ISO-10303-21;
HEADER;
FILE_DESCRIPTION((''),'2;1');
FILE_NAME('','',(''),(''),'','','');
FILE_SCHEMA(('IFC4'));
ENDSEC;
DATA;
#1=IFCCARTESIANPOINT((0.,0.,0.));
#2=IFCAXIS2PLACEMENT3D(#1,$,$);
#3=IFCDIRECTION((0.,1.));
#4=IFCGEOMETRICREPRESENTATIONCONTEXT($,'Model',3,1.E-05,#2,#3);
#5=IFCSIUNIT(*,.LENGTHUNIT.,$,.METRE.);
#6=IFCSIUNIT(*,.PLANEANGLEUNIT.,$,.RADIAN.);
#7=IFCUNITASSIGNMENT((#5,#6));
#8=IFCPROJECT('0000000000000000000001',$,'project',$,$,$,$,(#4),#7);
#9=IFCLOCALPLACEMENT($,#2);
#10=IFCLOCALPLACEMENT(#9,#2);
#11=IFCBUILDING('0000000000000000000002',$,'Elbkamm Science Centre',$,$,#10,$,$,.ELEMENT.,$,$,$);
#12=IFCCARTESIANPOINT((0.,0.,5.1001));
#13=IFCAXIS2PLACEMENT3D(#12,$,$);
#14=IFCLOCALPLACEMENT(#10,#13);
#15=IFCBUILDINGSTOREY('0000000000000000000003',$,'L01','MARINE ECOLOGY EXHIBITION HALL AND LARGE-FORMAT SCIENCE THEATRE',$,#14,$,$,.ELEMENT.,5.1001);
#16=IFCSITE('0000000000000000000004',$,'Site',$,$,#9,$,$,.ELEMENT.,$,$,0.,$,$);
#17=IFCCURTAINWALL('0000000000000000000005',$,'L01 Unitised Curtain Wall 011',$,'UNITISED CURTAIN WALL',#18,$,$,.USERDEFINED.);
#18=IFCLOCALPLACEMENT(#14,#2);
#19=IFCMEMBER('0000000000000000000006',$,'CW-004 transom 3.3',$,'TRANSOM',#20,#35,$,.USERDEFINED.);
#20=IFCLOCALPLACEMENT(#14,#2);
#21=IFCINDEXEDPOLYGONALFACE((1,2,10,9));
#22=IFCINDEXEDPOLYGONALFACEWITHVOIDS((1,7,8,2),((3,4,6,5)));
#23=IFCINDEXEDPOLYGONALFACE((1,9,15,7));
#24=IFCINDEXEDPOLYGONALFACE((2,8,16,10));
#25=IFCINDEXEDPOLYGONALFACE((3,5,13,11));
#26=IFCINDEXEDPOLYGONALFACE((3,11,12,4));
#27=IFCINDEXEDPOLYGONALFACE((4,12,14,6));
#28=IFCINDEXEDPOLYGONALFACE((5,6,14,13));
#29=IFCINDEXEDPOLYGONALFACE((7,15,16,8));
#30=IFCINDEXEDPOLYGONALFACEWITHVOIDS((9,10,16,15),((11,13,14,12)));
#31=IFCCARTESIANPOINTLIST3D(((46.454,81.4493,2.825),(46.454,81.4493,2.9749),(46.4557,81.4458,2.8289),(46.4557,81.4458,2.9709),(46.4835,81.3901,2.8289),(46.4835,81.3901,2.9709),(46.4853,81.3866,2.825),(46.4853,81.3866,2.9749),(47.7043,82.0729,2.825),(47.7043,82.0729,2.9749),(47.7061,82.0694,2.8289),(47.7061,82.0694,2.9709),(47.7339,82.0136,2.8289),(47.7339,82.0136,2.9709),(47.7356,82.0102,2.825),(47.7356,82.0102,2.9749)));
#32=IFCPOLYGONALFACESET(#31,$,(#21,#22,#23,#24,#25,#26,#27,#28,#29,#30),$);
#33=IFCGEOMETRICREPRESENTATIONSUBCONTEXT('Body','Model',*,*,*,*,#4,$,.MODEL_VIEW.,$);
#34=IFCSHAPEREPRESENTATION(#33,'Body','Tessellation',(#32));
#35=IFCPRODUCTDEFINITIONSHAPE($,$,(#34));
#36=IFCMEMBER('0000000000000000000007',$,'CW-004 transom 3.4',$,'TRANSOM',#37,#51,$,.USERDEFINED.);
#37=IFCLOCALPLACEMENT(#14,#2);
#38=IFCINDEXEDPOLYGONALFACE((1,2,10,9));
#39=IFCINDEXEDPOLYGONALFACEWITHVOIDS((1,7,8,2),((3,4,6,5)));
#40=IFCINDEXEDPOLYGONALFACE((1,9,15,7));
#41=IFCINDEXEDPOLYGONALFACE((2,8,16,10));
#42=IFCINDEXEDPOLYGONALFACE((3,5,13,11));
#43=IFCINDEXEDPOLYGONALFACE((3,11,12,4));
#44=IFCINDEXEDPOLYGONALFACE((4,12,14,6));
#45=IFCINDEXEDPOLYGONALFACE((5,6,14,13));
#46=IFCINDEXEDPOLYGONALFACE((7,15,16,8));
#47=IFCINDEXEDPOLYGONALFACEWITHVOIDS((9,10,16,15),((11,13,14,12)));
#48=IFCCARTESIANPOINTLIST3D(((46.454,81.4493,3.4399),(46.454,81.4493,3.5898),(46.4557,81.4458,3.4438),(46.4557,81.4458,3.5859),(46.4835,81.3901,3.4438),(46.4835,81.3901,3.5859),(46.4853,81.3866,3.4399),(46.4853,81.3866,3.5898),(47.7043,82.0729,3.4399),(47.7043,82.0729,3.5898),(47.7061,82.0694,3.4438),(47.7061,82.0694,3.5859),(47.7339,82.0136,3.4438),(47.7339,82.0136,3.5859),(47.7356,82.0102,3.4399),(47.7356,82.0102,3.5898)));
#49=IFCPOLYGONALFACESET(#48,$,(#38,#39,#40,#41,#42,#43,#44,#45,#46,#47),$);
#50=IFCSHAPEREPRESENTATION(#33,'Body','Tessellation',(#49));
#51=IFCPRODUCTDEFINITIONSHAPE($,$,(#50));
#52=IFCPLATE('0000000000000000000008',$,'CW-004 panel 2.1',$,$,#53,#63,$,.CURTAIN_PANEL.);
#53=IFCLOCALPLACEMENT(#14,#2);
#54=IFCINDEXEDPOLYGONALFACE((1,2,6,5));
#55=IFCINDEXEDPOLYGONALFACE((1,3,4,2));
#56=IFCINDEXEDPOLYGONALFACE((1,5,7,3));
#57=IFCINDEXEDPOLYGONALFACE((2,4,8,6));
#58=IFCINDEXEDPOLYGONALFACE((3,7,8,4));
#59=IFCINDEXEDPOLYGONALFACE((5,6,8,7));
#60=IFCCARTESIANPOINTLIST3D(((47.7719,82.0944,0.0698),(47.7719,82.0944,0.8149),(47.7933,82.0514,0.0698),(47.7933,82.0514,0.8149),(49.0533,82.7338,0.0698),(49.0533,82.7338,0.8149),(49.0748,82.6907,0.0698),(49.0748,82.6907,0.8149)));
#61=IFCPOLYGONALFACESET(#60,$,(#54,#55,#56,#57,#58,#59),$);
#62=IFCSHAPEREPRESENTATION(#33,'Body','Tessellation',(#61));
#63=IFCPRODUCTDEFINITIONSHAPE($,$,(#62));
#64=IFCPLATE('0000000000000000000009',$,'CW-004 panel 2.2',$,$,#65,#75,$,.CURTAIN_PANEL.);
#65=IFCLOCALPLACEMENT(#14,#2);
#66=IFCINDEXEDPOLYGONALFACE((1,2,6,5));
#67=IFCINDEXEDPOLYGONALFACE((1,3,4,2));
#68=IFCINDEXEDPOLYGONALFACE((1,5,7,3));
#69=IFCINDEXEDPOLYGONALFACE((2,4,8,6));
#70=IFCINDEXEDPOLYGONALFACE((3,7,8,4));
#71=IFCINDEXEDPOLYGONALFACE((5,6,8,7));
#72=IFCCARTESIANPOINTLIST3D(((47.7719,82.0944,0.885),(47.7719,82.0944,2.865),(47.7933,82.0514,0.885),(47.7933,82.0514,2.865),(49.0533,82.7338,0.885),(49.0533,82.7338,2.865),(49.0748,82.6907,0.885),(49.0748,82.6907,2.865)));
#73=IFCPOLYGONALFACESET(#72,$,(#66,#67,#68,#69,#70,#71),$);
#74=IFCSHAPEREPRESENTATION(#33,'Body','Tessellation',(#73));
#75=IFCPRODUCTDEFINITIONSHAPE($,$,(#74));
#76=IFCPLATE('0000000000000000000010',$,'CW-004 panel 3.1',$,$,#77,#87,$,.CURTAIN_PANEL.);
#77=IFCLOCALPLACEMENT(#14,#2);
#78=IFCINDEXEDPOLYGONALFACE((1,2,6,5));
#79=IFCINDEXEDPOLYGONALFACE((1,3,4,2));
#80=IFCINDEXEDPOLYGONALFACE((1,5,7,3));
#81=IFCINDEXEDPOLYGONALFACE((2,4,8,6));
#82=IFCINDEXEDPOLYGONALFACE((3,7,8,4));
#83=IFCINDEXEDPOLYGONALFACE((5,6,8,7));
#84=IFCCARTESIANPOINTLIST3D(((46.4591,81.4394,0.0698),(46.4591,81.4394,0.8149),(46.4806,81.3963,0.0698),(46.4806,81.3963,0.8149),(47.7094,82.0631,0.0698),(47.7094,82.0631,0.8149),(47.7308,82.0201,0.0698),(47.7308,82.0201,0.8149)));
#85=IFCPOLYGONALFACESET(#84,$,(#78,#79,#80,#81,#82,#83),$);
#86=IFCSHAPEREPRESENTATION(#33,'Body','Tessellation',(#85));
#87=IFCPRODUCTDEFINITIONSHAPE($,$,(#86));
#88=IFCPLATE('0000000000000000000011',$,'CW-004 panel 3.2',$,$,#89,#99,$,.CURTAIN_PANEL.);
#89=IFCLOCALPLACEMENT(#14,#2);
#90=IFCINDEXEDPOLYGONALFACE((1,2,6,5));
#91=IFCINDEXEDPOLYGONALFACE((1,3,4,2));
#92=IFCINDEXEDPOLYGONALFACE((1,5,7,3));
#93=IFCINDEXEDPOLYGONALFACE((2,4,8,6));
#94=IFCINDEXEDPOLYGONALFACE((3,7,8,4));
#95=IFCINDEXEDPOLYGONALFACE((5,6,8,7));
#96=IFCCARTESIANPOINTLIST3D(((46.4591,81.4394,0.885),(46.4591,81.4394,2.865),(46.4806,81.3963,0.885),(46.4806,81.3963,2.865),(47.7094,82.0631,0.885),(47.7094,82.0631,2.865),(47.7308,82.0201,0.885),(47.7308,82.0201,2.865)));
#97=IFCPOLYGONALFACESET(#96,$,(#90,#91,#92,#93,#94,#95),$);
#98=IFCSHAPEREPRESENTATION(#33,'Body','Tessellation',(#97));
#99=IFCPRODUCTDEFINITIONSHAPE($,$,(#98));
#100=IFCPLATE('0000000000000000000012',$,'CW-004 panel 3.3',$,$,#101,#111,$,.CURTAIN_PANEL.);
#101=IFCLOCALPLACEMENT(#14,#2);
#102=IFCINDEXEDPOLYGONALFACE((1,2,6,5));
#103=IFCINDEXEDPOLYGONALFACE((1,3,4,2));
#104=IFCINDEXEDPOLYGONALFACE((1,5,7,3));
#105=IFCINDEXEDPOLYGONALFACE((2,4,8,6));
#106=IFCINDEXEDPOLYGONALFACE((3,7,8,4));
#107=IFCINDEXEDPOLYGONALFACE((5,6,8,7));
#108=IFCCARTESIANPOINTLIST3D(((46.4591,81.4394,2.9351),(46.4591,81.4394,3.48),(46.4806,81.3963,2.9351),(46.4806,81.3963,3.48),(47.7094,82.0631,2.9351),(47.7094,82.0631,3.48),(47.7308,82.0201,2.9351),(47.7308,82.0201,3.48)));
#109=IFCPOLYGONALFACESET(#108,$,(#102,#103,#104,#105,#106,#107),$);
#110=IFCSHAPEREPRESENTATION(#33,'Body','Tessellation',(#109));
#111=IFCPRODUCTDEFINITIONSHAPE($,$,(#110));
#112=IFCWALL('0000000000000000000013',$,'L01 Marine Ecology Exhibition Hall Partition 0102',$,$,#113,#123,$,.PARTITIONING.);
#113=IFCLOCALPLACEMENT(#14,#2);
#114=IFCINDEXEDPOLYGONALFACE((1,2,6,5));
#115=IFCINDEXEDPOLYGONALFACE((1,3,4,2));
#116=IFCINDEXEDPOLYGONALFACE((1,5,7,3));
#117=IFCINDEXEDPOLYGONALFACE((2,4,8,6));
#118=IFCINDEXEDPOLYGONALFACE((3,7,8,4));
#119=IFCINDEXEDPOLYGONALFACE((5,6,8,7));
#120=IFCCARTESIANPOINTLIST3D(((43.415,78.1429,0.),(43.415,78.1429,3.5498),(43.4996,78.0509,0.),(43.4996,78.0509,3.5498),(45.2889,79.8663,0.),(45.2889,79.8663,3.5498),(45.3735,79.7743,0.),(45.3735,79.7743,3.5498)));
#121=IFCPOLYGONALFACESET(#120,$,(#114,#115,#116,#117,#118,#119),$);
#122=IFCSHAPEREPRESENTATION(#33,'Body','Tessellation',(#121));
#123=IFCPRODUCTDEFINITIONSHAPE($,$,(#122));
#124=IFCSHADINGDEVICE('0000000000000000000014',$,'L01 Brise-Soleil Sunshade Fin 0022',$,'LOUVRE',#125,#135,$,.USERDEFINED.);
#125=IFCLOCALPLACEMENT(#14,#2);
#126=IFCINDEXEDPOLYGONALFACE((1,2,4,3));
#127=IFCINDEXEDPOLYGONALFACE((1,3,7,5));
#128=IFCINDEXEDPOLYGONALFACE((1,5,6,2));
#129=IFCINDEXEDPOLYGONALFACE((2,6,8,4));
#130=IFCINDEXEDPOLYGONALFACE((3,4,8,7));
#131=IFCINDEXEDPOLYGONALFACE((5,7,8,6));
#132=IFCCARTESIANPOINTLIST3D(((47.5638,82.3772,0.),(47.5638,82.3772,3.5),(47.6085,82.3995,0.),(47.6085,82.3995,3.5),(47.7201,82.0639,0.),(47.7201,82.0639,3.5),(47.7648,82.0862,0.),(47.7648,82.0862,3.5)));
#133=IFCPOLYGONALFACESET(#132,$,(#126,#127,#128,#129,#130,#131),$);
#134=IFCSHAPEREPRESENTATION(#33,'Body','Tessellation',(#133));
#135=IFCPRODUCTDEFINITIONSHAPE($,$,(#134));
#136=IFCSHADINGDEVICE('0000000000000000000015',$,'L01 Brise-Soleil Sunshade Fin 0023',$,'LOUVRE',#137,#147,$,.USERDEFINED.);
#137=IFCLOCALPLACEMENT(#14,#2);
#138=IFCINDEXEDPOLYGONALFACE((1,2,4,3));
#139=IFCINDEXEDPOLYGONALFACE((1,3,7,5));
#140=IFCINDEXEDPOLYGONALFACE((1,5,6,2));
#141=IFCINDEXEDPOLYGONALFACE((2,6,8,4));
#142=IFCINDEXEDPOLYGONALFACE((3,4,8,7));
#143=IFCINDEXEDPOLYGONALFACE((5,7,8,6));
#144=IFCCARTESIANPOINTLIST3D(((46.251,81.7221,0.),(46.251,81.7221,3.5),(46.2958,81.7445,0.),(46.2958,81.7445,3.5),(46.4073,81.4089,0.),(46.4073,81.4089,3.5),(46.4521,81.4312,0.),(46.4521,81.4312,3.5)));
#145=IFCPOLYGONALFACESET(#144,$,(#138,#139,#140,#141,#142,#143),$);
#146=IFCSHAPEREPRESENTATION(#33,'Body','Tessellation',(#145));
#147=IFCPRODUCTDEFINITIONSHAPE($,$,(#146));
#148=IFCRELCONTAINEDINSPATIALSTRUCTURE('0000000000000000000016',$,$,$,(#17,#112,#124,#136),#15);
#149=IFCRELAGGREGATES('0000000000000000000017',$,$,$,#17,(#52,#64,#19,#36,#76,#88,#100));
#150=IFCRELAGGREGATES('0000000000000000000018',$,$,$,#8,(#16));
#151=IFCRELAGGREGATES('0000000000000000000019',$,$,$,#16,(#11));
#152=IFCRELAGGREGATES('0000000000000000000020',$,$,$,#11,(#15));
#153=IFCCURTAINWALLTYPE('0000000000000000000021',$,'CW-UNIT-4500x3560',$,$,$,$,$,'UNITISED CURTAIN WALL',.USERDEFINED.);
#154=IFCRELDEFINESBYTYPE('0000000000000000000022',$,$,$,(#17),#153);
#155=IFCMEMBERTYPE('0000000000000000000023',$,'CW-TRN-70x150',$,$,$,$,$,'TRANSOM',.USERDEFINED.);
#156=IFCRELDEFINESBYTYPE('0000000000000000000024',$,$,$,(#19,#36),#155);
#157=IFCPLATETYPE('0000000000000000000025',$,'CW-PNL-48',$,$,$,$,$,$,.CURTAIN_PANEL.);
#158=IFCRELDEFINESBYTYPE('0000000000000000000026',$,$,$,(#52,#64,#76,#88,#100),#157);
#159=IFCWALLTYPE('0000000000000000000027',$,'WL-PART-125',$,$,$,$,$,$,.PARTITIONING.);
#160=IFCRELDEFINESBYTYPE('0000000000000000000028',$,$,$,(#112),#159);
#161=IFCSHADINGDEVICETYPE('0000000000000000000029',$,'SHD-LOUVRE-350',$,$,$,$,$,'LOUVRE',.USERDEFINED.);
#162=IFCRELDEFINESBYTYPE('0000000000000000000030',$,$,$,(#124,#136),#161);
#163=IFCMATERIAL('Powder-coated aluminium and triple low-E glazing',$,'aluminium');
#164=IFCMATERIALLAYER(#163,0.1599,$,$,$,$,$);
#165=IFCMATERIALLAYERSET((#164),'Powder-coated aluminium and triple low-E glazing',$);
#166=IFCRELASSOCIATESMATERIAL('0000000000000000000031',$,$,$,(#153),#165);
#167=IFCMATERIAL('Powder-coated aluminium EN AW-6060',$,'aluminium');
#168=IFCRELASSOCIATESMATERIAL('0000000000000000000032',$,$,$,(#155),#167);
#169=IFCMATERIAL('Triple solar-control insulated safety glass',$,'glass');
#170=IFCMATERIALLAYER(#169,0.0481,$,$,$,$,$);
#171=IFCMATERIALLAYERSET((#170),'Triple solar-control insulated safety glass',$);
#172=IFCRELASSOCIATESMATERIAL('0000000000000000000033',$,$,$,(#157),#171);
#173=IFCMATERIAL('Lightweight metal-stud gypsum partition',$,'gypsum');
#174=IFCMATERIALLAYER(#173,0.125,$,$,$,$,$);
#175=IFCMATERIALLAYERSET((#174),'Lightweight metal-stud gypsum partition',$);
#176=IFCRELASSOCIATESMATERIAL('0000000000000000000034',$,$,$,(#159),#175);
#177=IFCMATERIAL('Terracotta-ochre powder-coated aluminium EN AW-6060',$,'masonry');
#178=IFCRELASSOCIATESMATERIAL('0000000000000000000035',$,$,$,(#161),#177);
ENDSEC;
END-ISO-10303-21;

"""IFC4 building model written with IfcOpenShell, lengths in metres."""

from ifc_helpers import new_model, si_unit, direction, frame, frame_2d, origin, origin_2d, place, context, subcontext, project, spatial, rectangle, hollow_rectangle, extrude, material, layer, layer_set, material_profile, profile_set, type_object, element, aggregate, save


model = new_model("IFC4")

# Units and contexts
model_context = context("Model", 3, precision=1e-05, world=origin(), true_north=direction((0.0, 1.0)))
body_context = subcontext(model_context, "Body", "Model", "MODEL_VIEW")
ifc_project = project(units=[si_unit("LENGTHUNIT", "METRE"), si_unit("PLANEANGLEUNIT", "RADIAN")], contexts=[model_context])

# Site, building, storey
site_placement = place(None, origin())
site = spatial("IfcSite", under=ifc_project, at=site_placement, Name="Site", CompositionType="ELEMENT", RefElevation=0.0)
building_placement = place(site_placement, origin())
building = spatial("IfcBuilding", under=site, at=building_placement, Name="Elbkamm Science Centre", CompositionType="ELEMENT")
storey_placement = place(building_placement, frame((0.0, 0.0, 5.1001)))
storey = spatial("IfcBuildingStorey", under=building, at=storey_placement, Name="L01", Description="MARINE ECOLOGY EXHIBITION HALL AND LARGE-FORMAT SCIENCE THEATRE", CompositionType="ELEMENT", Elevation=5.1001)

# Curtain wall, members, plates
ifc_material_1 = material(Name="Powder-coated aluminium and triple low-E glazing", Category="aluminium")
ifc_layer_1 = layer(ifc_material_1, 0.1599)
ifc_layer_set_1 = layer_set([ifc_layer_1], Name="Powder-coated aluminium and triple low-E glazing")
curtain_wall_type = type_object("IfcCurtainWallType", Name="CW-UNIT-4500x3560", ElementType="UNITISED CURTAIN WALL", PredefinedType="USERDEFINED", material=ifc_layer_set_1)
curtain_wall_placement = place(storey_placement, origin())
curtain_wall = element("IfcCurtainWall", 1, at=curtain_wall_placement, inside=storey, type_object=curtain_wall_type, Name="L01 Unitised Curtain Wall 011", ObjectType="UNITISED CURTAIN WALL", PredefinedType="USERDEFINED")
ifc_material_2 = material(Name="Powder-coated aluminium EN AW-6060", Category="aluminium")
ifc_material_profile_1 = material_profile(ifc_material_2, hollow_rectangle(XDim=0.0701, YDim=0.1499, WallThickness=0.0039, at=origin_2d()), Name="ALU T70x150")
ifc_profile_set_1 = profile_set([ifc_material_profile_1], Name="Powder-coated aluminium EN AW-6060")
member_type_1 = type_object("IfcMemberType", Name="CW-TRN-70x150", ElementType="TRANSOM", PredefinedType="USERDEFINED", material=ifc_profile_set_1)
member_1_placement = place(storey_placement, frame((47.72, 82.0415, 2.8999), z_axis=(-0.894881, -0.446305, 0.0), x_axis=(0.446305, -0.894881, 0.0)))
member_1 = element("IfcMember", 2, at=member_1_placement, type_object=member_type_1, Name="CW-004 transom 3.3", ObjectType="TRANSOM", PredefinedType="USERDEFINED", context=body_context, shape_type="SweptSolid", body=[
    extrude(hollow_rectangle(XDim=0.0701, YDim=0.1499, WallThickness=0.0039, at=origin_2d()), origin(), (0.0, 0.0, 1.0), 1.3972),
])
member_2_placement = place(storey_placement, frame((47.72, 82.0415, 3.5149), z_axis=(-0.894881, -0.446305, 0.0), x_axis=(0.446305, -0.894881, 0.0)))
member_2 = element("IfcMember", 3, at=member_2_placement, type_object=member_type_1, Name="CW-004 transom 3.4", ObjectType="TRANSOM", PredefinedType="USERDEFINED", context=body_context, shape_type="SweptSolid", body=[
    extrude(hollow_rectangle(XDim=0.0701, YDim=0.1499, WallThickness=0.0039, at=origin_2d()), origin(), (0.0, 0.0, 1.0), 1.3972),
])
ifc_material_3 = material(Name="Triple solar-control insulated safety glass", Category="glass")
ifc_layer_2 = layer(ifc_material_3, 0.0481)
ifc_layer_set_2 = layer_set([ifc_layer_2], Name="Triple solar-control insulated safety glass")
plate_type = type_object("IfcPlateType", Name="CW-PNL-48", PredefinedType="CURTAIN_PANEL", material=ifc_layer_set_2)
plate_1_placement = place(storey_placement, frame((48.4233, 82.3926, 0.0698), z_axis=(0.0, 0.0, 1.0), x_axis=(-0.894813, -0.446441, 0.0)))
plate_1 = element("IfcPlate", 4, at=plate_1_placement, type_object=plate_type, Name="CW-004 panel 2.1", PredefinedType="CURTAIN_PANEL", context=body_context, shape_type="SweptSolid", body=[
    extrude(rectangle(XDim=1.4321, YDim=0.0481, at=origin_2d()), origin(), (0.0, 0.0, 1.0), 0.7451),
])
plate_2_placement = place(storey_placement, frame((48.4233, 82.3926, 0.885), z_axis=(0.0, 0.0, 1.0), x_axis=(-0.894813, -0.446441, 0.0)))
plate_2 = element("IfcPlate", 5, at=plate_2_placement, type_object=plate_type, Name="CW-004 panel 2.2", PredefinedType="CURTAIN_PANEL", context=body_context, shape_type="SweptSolid", body=[
    extrude(rectangle(XDim=1.4321, YDim=0.0481, at=origin_2d()), origin(), (0.0, 0.0, 1.0), 1.98),
])
plate_3_placement = place(storey_placement, frame((47.095, 81.7297, 0.0698), z_axis=(0.0, 0.0, 1.0), x_axis=(-0.894813, -0.446441, 0.0)))
plate_3 = element("IfcPlate", 6, at=plate_3_placement, type_object=plate_type, Name="CW-004 panel 3.1", PredefinedType="CURTAIN_PANEL", context=body_context, shape_type="SweptSolid", body=[
    extrude(rectangle(XDim=1.3972, YDim=0.0481, at=origin_2d()), origin(), (0.0, 0.0, 1.0), 0.7451),
])
plate_4_placement = place(storey_placement, frame((47.095, 81.7297, 0.885), z_axis=(0.0, 0.0, 1.0), x_axis=(-0.894813, -0.446441, 0.0)))
plate_4 = element("IfcPlate", 7, at=plate_4_placement, type_object=plate_type, Name="CW-004 panel 3.2", PredefinedType="CURTAIN_PANEL", context=body_context, shape_type="SweptSolid", body=[
    extrude(rectangle(XDim=1.3972, YDim=0.0481, at=origin_2d()), origin(), (0.0, 0.0, 1.0), 1.98),
])
plate_5_placement = place(storey_placement, frame((47.095, 81.7297, 2.9351), z_axis=(0.0, 0.0, 1.0), x_axis=(-0.894813, -0.446441, 0.0)))
plate_5 = element("IfcPlate", 8, at=plate_5_placement, type_object=plate_type, Name="CW-004 panel 3.3", PredefinedType="CURTAIN_PANEL", context=body_context, shape_type="SweptSolid", body=[
    extrude(rectangle(XDim=1.3972, YDim=0.0481, at=origin_2d()), origin(), (0.0, 0.0, 1.0), 0.5449),
])
aggregate(curtain_wall, [plate_1, plate_2, member_1, member_2, plate_3, plate_4, plate_5])

# Wall
ifc_material_4 = material(Name="Lightweight metal-stud gypsum partition", Category="gypsum")
ifc_layer_3 = layer(ifc_material_4, 0.125)
ifc_layer_set_3 = layer_set([ifc_layer_3], Name="Lightweight metal-stud gypsum partition")
wall_type = type_object("IfcWallType", Name="WL-PART-125", PredefinedType="PARTITIONING", material=ifc_layer_set_3)
wall_placement = place(storey_placement, frame((43.4573, 78.0969, 0.0), z_axis=(0.0, 0.0, 1.0), x_axis=(0.736071, 0.676905, 0.0)))
element("IfcWall", 9, at=wall_placement, inside=storey, type_object=wall_type, Name="L01 Marine Ecology Exhibition Hall Partition 0102", PredefinedType="PARTITIONING", context=body_context, shape_type="SweptSolid", body=[
    extrude(rectangle(XDim=2.5459, YDim=0.125, at=frame_2d((1.2729, 0.0))), origin(), (0.0, 0.0, 1.0), 3.5498),
])

# Shading devices
ifc_material_5 = material(Name="Terracotta-ochre powder-coated aluminium EN AW-6060", Category="masonry")
shading_device_type = type_object("IfcShadingDeviceType", Name="SHD-LOUVRE-350", ElementType="LOUVRE", PredefinedType="USERDEFINED", material=ifc_material_5)
for number, where, z_axis, x_axis, name in (
    (10, (47.6643, 82.2317, 0.0), (0.0, 0.0, 1.0), (-0.446441, 0.894813, 0.0), "L01 Brise-Soleil Sunshade Fin 0022"),
    (11, (46.3516, 81.5767, 0.0), (0.0, 0.0, 1.0), (-0.446441, 0.894813, 0.0), "L01 Brise-Soleil Sunshade Fin 0023"),
):
    element("IfcShadingDevice", number, at=place(storey_placement, frame(where, z_axis=z_axis, x_axis=x_axis)), inside=storey, type_object=shading_device_type, Name=name, ObjectType="LOUVRE", PredefinedType="USERDEFINED", context=body_context, shape_type="SweptSolid", body=[
        extrude(rectangle(XDim=0.3501, YDim=0.05, at=origin_2d()), origin(), (0.0, 0.0, 1.0), 3.5),
    ])

save(model, "model.ifc")
